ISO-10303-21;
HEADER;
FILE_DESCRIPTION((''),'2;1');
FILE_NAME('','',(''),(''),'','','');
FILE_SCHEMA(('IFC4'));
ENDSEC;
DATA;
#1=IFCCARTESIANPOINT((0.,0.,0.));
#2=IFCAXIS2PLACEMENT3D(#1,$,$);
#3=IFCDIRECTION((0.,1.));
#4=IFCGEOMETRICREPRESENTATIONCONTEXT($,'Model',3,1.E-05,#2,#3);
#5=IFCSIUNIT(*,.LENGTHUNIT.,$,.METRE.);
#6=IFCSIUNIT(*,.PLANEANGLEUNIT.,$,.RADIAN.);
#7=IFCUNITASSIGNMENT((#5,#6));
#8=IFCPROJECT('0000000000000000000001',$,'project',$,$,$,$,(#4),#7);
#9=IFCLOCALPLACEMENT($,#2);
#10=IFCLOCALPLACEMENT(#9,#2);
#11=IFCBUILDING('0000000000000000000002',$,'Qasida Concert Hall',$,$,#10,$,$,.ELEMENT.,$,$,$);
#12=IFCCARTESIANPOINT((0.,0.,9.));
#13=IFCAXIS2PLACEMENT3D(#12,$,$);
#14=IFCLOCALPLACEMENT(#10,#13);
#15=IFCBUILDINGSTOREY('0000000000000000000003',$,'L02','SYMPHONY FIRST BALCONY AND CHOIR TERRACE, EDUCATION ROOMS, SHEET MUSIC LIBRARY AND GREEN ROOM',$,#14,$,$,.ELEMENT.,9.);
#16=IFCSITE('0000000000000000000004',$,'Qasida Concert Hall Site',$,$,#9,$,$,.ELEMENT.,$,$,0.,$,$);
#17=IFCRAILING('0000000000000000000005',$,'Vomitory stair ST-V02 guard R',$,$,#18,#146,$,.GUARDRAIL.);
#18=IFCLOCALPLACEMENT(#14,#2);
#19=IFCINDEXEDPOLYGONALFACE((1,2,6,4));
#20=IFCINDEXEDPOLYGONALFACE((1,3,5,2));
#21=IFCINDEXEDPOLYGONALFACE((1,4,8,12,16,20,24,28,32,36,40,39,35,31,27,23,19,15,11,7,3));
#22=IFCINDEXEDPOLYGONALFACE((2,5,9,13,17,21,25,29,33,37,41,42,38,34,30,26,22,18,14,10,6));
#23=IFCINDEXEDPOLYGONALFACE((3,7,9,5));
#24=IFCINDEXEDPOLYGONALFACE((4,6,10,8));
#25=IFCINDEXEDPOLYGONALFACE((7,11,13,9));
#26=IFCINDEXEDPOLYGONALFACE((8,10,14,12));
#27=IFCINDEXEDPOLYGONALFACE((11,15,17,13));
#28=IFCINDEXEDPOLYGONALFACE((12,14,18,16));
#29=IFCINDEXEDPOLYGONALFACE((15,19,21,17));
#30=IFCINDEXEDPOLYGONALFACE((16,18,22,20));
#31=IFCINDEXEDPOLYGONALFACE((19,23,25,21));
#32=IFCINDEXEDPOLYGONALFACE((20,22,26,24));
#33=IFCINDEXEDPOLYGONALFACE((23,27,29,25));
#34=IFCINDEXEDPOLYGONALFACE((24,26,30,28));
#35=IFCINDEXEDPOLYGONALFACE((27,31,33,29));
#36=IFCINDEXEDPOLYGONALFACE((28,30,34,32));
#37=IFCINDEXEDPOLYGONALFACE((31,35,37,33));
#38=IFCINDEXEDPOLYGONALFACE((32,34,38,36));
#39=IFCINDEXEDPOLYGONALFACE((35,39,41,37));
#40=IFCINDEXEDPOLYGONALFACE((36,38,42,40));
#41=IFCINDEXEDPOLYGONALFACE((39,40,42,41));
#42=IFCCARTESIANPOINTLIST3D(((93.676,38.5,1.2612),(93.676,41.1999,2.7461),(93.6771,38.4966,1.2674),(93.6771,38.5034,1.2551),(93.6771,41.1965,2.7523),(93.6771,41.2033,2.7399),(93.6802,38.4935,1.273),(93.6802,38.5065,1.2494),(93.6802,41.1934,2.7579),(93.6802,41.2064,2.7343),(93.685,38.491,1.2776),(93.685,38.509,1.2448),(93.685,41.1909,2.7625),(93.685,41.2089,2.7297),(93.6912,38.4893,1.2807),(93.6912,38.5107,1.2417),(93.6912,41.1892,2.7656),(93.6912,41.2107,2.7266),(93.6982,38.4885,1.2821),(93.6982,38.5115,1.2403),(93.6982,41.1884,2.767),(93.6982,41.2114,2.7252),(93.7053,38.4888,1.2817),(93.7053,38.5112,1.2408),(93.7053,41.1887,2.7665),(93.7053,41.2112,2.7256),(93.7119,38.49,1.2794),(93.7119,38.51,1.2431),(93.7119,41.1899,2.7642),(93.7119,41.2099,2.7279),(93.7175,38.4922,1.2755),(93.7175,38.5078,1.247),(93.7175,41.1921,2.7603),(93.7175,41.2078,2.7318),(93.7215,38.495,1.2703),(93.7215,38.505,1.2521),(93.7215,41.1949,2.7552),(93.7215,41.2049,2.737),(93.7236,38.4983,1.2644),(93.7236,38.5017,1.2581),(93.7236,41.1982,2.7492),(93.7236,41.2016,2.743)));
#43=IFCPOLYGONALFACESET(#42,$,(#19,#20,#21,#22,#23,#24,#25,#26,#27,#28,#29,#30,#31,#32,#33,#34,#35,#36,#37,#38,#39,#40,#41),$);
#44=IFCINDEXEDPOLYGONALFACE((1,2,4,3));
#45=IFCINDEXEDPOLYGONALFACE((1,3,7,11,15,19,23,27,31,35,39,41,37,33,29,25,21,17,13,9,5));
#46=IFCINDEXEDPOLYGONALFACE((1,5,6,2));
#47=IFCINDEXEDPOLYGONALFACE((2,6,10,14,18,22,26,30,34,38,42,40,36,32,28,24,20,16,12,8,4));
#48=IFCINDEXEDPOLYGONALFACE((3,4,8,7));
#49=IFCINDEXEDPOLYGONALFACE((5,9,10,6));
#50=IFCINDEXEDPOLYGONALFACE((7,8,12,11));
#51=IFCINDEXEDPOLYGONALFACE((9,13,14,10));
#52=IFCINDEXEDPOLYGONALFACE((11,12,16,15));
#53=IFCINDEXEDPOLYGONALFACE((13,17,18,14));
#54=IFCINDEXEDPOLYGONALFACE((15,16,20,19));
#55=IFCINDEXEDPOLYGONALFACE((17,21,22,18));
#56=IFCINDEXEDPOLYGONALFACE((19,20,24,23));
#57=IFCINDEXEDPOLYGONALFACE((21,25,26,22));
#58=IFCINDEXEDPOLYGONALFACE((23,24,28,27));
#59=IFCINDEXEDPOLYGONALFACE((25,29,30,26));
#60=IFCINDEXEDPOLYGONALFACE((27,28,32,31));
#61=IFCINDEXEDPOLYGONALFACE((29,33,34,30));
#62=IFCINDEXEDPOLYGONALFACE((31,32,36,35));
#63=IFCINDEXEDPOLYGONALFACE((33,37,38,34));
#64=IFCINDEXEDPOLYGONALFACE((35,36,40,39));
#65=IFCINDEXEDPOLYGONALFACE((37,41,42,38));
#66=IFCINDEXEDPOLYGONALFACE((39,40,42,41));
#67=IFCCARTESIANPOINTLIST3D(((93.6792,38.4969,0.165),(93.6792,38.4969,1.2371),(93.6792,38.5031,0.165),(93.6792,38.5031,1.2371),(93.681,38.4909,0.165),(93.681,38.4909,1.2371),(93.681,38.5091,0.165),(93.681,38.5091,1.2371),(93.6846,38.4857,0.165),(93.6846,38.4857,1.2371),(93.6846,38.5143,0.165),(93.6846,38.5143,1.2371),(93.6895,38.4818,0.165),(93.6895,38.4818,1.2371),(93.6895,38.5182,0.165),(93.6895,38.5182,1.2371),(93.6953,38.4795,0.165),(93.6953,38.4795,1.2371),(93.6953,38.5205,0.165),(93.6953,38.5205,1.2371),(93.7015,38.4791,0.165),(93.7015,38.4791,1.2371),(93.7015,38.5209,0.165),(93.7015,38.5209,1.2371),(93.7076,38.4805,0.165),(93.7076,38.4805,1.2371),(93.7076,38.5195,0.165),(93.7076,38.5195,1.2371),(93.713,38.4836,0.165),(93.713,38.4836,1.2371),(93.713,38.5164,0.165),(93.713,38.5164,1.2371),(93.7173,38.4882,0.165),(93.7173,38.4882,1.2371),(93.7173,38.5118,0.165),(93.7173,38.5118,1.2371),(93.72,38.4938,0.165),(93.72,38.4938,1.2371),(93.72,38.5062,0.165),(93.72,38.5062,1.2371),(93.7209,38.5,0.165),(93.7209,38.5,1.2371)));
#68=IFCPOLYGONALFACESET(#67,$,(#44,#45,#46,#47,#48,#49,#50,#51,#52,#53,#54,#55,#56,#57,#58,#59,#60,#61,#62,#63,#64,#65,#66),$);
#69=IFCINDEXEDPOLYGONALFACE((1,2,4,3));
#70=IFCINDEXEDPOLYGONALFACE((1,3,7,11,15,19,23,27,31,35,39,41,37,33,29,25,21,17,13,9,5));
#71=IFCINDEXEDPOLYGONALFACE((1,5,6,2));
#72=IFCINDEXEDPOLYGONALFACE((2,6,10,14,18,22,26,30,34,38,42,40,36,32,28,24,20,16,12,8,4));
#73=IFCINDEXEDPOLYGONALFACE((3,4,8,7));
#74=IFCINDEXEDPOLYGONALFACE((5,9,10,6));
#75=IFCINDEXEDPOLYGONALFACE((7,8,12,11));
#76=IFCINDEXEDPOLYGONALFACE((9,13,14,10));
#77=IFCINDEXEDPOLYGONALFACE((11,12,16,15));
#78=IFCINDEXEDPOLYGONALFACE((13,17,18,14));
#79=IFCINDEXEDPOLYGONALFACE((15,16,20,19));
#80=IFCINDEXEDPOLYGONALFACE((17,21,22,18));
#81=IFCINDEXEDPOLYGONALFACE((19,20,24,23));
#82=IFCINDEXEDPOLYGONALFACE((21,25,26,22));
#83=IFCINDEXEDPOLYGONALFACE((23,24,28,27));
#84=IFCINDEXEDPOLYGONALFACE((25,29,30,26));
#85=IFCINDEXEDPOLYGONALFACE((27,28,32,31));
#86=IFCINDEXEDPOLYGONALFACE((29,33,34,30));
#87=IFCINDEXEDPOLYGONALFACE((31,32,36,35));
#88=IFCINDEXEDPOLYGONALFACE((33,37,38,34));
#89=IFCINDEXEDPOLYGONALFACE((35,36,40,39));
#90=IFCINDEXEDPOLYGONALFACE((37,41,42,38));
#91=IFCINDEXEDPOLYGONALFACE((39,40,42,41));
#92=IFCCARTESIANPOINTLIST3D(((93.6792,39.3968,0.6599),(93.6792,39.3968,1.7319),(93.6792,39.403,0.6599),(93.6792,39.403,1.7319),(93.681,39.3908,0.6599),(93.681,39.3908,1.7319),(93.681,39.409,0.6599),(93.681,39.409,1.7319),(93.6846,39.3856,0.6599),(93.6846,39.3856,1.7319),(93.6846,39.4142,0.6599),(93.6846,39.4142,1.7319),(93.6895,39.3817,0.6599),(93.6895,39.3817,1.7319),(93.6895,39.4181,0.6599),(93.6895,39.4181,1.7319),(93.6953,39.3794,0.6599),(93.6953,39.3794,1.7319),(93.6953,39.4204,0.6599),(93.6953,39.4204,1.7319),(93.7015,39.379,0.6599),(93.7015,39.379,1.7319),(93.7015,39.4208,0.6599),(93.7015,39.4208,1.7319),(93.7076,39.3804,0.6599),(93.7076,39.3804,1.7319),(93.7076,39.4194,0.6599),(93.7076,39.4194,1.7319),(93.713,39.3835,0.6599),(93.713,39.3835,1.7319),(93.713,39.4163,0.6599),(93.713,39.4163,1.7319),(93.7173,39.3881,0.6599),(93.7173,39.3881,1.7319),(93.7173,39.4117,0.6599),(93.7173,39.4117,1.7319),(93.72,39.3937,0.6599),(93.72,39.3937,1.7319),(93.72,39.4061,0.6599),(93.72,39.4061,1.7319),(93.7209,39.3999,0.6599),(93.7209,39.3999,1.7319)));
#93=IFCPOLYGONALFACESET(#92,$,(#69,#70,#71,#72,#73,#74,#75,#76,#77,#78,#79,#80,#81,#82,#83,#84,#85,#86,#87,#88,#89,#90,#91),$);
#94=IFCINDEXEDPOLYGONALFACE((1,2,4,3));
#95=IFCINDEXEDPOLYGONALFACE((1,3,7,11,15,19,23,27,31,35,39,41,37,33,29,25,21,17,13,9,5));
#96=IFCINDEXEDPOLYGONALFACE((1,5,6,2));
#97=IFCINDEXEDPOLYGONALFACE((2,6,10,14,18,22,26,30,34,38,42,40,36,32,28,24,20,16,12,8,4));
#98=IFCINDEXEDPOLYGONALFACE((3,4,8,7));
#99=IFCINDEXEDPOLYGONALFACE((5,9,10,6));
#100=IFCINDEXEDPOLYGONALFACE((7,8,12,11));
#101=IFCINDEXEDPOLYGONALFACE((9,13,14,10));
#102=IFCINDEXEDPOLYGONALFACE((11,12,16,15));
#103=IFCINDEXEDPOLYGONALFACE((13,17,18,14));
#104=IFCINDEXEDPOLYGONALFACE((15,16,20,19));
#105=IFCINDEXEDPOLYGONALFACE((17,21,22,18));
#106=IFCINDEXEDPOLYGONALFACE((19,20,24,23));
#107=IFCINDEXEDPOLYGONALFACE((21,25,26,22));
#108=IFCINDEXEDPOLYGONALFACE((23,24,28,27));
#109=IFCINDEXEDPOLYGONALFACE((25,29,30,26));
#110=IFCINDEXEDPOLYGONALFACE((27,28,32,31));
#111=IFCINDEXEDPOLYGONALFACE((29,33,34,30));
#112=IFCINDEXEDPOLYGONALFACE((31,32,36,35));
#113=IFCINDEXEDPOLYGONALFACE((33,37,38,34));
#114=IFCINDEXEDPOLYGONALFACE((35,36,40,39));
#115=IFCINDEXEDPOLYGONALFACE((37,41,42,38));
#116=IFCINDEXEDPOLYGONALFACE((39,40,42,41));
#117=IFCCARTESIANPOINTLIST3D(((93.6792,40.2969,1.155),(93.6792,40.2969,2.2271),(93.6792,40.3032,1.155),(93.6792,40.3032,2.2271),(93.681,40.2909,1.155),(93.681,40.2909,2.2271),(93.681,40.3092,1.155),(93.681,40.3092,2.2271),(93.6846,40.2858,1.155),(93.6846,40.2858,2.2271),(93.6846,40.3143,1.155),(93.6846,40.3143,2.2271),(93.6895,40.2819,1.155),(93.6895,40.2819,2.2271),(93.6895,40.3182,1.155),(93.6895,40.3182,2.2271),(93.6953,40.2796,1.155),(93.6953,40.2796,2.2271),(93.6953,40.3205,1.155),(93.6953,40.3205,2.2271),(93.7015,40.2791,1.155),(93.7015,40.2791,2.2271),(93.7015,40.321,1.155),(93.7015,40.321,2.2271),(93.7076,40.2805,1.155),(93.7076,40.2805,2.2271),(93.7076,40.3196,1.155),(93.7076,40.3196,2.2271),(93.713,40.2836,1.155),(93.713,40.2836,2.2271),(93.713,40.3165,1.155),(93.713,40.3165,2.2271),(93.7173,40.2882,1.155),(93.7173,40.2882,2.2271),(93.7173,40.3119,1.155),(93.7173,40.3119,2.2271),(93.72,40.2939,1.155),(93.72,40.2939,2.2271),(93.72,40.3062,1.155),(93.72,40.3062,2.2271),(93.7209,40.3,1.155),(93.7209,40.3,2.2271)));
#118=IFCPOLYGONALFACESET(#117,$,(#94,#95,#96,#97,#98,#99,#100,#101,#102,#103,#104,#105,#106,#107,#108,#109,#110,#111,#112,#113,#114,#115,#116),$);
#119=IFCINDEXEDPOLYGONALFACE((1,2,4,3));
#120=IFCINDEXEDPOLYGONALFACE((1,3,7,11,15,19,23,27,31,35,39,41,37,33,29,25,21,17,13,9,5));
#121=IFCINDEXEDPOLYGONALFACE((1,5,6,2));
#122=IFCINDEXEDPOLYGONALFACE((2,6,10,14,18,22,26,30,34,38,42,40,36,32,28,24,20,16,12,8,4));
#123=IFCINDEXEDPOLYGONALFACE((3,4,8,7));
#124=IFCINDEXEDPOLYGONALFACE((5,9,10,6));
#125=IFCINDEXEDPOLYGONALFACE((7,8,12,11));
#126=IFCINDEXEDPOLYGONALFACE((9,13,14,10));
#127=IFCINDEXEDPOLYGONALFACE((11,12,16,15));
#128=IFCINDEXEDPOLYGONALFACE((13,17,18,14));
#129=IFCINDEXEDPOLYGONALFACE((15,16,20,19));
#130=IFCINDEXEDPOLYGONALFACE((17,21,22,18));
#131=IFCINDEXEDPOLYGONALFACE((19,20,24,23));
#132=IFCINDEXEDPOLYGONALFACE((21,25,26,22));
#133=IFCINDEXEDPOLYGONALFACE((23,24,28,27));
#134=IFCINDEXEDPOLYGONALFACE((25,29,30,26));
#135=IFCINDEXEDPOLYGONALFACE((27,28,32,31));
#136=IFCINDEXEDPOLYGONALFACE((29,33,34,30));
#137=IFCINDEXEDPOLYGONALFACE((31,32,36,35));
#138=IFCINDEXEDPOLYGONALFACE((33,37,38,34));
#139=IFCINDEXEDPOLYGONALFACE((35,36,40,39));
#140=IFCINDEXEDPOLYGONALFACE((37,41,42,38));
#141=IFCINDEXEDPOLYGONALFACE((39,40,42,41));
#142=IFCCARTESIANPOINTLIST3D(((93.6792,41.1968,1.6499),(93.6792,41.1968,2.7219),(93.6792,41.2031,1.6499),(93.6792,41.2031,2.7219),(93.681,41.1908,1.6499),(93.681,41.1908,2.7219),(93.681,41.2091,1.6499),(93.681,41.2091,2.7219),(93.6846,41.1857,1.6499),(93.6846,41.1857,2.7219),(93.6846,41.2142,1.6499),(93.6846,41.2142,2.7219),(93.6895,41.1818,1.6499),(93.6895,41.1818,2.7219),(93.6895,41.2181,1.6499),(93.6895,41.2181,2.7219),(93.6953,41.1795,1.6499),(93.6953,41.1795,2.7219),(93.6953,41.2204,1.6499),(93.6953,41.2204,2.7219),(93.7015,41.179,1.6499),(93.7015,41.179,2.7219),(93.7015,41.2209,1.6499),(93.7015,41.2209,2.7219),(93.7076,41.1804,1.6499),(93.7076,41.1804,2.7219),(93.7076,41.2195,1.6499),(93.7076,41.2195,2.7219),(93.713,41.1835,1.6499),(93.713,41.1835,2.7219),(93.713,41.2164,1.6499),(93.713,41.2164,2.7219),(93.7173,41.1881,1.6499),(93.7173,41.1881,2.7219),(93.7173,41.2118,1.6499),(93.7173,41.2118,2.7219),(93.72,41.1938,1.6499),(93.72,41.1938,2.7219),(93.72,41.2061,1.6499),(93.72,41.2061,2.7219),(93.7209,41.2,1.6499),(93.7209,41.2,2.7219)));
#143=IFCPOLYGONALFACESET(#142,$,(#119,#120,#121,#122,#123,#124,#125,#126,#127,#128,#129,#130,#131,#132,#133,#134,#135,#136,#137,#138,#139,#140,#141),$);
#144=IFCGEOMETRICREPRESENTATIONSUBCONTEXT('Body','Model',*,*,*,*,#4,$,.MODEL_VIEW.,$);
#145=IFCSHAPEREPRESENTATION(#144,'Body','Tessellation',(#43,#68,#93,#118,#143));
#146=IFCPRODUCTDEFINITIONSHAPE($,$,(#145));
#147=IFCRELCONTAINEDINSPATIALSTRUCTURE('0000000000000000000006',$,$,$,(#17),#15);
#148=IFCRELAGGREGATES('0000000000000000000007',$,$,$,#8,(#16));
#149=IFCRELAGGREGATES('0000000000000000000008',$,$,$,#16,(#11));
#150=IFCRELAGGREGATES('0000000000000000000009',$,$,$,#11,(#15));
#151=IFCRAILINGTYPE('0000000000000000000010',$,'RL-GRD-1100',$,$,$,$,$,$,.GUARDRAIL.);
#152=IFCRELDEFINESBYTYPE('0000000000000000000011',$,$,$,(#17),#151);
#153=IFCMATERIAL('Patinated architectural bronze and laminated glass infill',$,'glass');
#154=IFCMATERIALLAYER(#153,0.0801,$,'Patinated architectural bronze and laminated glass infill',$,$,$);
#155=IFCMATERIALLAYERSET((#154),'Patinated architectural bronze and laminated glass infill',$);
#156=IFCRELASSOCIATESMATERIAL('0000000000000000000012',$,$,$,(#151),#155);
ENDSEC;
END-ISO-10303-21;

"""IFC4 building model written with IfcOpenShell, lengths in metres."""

from ifc_helpers import new_model, si_unit, direction, frame, origin, origin_2d, place, context, subcontext, project, spatial, circle, extrude, material, layer, layer_set, type_object, element, save


model = new_model("IFC4")

# Units and contexts
model_context = context("Model", 3, precision=1e-05, world=origin(), true_north=direction((0.0, 1.0)))
body_context = subcontext(model_context, "Body", "Model", "MODEL_VIEW")
ifc_project = project(units=[si_unit("LENGTHUNIT", "METRE"), si_unit("PLANEANGLEUNIT", "RADIAN")], contexts=[model_context])

# Site, building, storey
site_placement = place(None, origin())
site = spatial("IfcSite", under=ifc_project, at=site_placement, Name="Qasida Concert Hall Site", CompositionType="ELEMENT", RefElevation=0.0)
building_placement = place(site_placement, origin())
building = spatial("IfcBuilding", under=site, at=building_placement, Name="Qasida Concert Hall", CompositionType="ELEMENT")
storey_placement = place(building_placement, frame((0.0, 0.0, 9.0)))
storey = spatial("IfcBuildingStorey", under=building, at=storey_placement, Name="L02", Description="SYMPHONY FIRST BALCONY AND CHOIR TERRACE, EDUCATION ROOMS, SHEET MUSIC LIBRARY AND GREEN ROOM", CompositionType="ELEMENT", Elevation=9.0)

# Railing
ifc_material_1 = material(Name="Patinated architectural bronze and laminated glass infill", Category="glass")
ifc_layer_1 = layer(ifc_material_1, 0.0801, Name="Patinated architectural bronze and laminated glass infill")
ifc_layer_set_1 = layer_set([ifc_layer_1], Name="Patinated architectural bronze and laminated glass infill")
railing_type_1 = type_object("IfcRailingType", Name="RL-GRD-1100", PredefinedType="GUARDRAIL", material=ifc_layer_set_1)
for number, where, name in (
    (1, (93.7, 38.5, 0.165), "Vomitory stair ST-V02 guard R"),
):
    element("IfcRailing", number, at=place(storey_placement, frame(where)), inside=storey, type_object=railing_type_1, Name=name, PredefinedType="GUARDRAIL", context=body_context, shape_type="SweptSolid", body=[
        extrude(circle(Radius=0.0239, at=origin_2d()), frame((0.0, 0.0, 1.0962), z_axis=(0.0, 0.876231, 0.481891), x_axis=(-1.0, 0.0, 0.0)), (0.0, 0.0, 1.0), 3.0813),
        extrude(circle(Radius=0.021, at=origin_2d()), origin(), (0.0, 0.0, 1.0), 1.072),
        extrude(circle(Radius=0.021, at=origin_2d()), frame((0.0, 0.8999, 0.4949)), (0.0, 0.0, 1.0), 1.072),
        extrude(circle(Radius=0.021, at=origin_2d()), frame((0.0, 1.8, 0.99)), (0.0, 0.0, 1.0), 1.072),
        extrude(circle(Radius=0.021, at=origin_2d()), frame((0.0, 2.7, 1.4849)), (0.0, 0.0, 1.0), 1.072),
    ])

save(model, "model.ifc")
